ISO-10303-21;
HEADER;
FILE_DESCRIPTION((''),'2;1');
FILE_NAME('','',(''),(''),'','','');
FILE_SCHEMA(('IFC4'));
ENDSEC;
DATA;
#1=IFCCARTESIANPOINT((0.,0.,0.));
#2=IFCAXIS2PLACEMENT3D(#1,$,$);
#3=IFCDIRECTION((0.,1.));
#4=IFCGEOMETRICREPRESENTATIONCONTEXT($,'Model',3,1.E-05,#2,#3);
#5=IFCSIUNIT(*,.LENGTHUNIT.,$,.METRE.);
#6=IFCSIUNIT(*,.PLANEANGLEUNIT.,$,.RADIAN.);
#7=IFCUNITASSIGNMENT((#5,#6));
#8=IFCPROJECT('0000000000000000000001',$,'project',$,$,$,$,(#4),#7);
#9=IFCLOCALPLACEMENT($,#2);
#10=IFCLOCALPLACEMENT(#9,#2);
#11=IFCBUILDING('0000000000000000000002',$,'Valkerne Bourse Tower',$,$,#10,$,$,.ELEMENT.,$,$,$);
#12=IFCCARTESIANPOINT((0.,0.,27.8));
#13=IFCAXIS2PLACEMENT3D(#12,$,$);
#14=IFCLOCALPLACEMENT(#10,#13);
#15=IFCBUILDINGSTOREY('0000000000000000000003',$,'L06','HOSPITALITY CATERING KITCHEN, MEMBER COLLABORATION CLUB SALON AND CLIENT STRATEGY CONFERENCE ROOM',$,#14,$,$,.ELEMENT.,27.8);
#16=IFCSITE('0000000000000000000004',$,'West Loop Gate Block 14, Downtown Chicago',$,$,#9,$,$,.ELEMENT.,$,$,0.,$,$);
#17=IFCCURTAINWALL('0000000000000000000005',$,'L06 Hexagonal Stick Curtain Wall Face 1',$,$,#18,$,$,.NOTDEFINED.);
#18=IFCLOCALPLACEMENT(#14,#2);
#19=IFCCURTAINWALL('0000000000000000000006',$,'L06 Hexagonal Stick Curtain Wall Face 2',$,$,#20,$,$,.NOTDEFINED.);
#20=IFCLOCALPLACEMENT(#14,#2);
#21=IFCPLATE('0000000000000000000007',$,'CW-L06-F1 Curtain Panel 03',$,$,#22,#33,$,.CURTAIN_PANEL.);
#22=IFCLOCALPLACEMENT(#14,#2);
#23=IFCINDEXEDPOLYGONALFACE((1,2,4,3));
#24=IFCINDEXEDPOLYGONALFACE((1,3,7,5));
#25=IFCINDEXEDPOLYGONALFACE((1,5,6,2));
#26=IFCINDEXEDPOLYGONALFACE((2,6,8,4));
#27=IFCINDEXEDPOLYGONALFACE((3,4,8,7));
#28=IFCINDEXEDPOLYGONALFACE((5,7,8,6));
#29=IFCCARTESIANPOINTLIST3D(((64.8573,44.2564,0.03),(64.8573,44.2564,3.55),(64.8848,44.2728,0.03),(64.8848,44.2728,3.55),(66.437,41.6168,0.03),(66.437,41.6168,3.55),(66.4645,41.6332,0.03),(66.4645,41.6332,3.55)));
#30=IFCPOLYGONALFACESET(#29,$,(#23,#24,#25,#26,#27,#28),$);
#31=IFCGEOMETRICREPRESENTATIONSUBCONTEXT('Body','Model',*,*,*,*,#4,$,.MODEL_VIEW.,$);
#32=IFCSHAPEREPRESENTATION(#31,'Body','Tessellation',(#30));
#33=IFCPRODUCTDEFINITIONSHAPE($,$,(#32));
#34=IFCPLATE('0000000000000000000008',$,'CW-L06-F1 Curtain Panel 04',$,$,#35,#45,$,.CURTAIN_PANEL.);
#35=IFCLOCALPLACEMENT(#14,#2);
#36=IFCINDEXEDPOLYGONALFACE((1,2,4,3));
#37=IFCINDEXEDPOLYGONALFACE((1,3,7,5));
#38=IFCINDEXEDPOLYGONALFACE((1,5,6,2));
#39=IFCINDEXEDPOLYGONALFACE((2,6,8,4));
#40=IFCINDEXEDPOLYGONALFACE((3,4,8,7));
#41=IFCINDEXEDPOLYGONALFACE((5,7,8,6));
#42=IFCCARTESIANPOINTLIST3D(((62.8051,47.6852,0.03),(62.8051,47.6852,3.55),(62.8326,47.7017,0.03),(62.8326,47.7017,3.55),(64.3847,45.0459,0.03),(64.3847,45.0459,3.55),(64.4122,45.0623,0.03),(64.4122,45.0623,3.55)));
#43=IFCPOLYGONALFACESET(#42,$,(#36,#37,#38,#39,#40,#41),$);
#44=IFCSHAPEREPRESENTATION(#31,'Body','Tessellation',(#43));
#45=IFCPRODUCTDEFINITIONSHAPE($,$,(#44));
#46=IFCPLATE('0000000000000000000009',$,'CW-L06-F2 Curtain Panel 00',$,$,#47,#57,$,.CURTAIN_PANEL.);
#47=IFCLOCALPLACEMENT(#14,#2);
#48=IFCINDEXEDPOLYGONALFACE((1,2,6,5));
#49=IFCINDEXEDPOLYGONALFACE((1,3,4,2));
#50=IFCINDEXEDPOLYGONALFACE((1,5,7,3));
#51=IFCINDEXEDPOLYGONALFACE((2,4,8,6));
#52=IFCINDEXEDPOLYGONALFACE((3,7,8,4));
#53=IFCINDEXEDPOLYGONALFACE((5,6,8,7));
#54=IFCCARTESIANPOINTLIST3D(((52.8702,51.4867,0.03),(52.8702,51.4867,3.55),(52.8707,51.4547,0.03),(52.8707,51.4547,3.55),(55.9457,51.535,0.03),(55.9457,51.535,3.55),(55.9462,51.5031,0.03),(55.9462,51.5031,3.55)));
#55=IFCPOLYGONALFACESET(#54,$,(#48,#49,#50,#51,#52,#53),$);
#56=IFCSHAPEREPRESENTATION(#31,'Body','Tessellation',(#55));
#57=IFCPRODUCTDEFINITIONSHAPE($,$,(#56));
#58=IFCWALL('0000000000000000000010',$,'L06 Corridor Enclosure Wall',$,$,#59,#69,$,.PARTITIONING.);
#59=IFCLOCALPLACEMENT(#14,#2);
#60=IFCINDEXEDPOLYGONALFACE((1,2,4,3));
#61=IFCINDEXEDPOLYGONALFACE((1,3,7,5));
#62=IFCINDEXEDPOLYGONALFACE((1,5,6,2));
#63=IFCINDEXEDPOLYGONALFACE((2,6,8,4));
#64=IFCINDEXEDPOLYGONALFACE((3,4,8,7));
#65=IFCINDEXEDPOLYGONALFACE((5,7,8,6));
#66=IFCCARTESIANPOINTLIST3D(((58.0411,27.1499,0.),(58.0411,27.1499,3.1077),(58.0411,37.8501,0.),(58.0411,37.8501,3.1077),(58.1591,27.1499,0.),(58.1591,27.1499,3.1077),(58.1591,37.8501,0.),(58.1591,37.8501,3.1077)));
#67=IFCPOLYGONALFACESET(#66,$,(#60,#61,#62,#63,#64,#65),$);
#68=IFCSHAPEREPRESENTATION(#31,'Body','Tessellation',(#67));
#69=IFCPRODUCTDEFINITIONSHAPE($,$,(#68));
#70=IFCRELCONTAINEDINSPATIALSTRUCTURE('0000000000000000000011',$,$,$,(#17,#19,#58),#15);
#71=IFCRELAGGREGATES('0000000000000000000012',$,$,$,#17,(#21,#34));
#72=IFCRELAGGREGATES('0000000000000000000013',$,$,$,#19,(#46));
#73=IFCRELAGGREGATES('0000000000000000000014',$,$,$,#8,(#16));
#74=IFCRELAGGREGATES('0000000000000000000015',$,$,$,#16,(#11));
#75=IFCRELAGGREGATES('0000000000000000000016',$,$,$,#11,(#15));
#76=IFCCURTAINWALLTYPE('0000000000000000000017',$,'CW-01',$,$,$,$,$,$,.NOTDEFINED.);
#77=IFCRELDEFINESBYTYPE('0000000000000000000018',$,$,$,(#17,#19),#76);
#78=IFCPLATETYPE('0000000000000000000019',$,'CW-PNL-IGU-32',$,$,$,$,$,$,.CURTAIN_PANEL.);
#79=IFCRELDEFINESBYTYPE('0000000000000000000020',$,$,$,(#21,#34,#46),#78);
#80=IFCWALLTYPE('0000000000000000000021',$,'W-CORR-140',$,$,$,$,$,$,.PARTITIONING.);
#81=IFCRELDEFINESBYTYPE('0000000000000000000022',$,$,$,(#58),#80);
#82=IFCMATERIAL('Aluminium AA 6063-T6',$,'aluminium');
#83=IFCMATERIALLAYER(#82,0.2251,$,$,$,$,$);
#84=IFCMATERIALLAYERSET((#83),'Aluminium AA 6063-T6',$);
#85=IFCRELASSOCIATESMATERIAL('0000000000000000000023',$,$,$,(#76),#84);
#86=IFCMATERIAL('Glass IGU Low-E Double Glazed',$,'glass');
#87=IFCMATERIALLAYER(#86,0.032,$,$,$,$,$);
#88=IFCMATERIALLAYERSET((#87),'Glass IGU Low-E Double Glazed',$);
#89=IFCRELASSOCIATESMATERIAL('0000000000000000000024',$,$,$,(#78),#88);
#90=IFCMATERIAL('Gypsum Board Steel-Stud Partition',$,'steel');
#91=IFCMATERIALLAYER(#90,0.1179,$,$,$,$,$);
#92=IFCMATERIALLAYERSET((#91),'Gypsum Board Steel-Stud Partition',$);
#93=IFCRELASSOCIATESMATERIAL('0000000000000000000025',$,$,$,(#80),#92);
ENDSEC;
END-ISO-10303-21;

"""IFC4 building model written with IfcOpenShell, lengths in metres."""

from ifc_helpers import new_model, si_unit, direction, frame, frame_2d, origin, origin_2d, place, context, subcontext, project, spatial, rectangle, extrude, material, layer, layer_set, type_object, element, aggregate, save


model = new_model("IFC4")

# Units and contexts
model_context = context("Model", 3, precision=1e-05, world=origin(), true_north=direction((0.0, 1.0)))
body_context = subcontext(model_context, "Body", "Model", "MODEL_VIEW")
ifc_project = project(units=[si_unit("LENGTHUNIT", "METRE"), si_unit("PLANEANGLEUNIT", "RADIAN")], contexts=[model_context])

# Site, building, storey
site_placement = place(None, origin())
site = spatial("IfcSite", under=ifc_project, at=site_placement, Name="West Loop Gate Block 14, Downtown Chicago", CompositionType="ELEMENT", RefElevation=0.0)
building_placement = place(site_placement, origin())
building = spatial("IfcBuilding", under=site, at=building_placement, Name="Valkerne Bourse Tower", CompositionType="ELEMENT")
storey_placement = place(building_placement, frame((0.0, 0.0, 27.8)))
storey = spatial("IfcBuildingStorey", under=building, at=storey_placement, Name="L06", Description="HOSPITALITY CATERING KITCHEN, MEMBER COLLABORATION CLUB SALON AND CLIENT STRATEGY CONFERENCE ROOM", CompositionType="ELEMENT", Elevation=27.8)

# Curtain walls
ifc_material_1 = material(Name="Aluminium AA 6063-T6", Category="aluminium")
ifc_layer_1 = layer(ifc_material_1, 0.2251)
ifc_layer_set_1 = layer_set([ifc_layer_1], Name="Aluminium AA 6063-T6")
curtain_wall_type = type_object("IfcCurtainWallType", Name="CW-01", PredefinedType="NOTDEFINED", material=ifc_layer_set_1)
curtain_wall_1_placement = place(storey_placement, origin())
curtain_wall_1 = element("IfcCurtainWall", 1, at=curtain_wall_1_placement, inside=storey, type_object=curtain_wall_type, Name="L06 Hexagonal Stick Curtain Wall Face 1", PredefinedType="NOTDEFINED")
curtain_wall_2_placement = place(storey_placement, origin())
curtain_wall_2 = element("IfcCurtainWall", 2, at=curtain_wall_2_placement, inside=storey, type_object=curtain_wall_type, Name="L06 Hexagonal Stick Curtain Wall Face 2", PredefinedType="NOTDEFINED")

# Plates
ifc_material_2 = material(Name="Glass IGU Low-E Double Glazed", Category="glass")
ifc_layer_2 = layer(ifc_material_2, 0.032)
ifc_layer_set_2 = layer_set([ifc_layer_2], Name="Glass IGU Low-E Double Glazed")
plate_type = type_object("IfcPlateType", Name="CW-PNL-IGU-32", PredefinedType="CURTAIN_PANEL", material=ifc_layer_set_2)
plate_1_placement = place(storey_placement, frame((65.6609, 42.9448, 0.03), z_axis=(0.0, 0.0, 1.0), x_axis=(-0.513531, 0.858071, 0.0)))
plate_1 = element("IfcPlate", 3, at=plate_1_placement, type_object=plate_type, Name="CW-L06-F1 Curtain Panel 03", PredefinedType="CURTAIN_PANEL", context=body_context, shape_type="SweptSolid", body=[
    extrude(rectangle(XDim=3.0762, YDim=0.032, at=origin_2d()), origin(), (0.0, 0.0, 1.0), 3.52),
])
plate_2_placement = place(storey_placement, frame((63.6086, 46.3738, 0.03), z_axis=(0.0, 0.0, 1.0), x_axis=(-0.513542, 0.858064, 0.0)))
plate_2 = element("IfcPlate", 4, at=plate_2_placement, type_object=plate_type, Name="CW-L06-F1 Curtain Panel 04", PredefinedType="CURTAIN_PANEL", context=body_context, shape_type="SweptSolid", body=[
    extrude(rectangle(XDim=3.0759, YDim=0.032, at=origin_2d()), origin(), (0.0, 0.0, 1.0), 3.52),
])
aggregate(curtain_wall_1, [plate_1, plate_2])
plate_3_placement = place(storey_placement, frame((54.4082, 51.4949, 0.03), z_axis=(0.0, 0.0, 1.0), x_axis=(-0.999877, -0.015716, 0.0)))
plate_3 = element("IfcPlate", 5, at=plate_3_placement, type_object=plate_type, Name="CW-L06-F2 Curtain Panel 00", PredefinedType="CURTAIN_PANEL", context=body_context, shape_type="SweptSolid", body=[
    extrude(rectangle(XDim=3.0759, YDim=0.032, at=origin_2d()), origin(), (0.0, 0.0, 1.0), 3.52),
])
aggregate(curtain_wall_2, [plate_3])

# Wall
ifc_material_3 = material(Name="Gypsum Board Steel-Stud Partition", Category="steel")
ifc_layer_3 = layer(ifc_material_3, 0.1179)
ifc_layer_set_3 = layer_set([ifc_layer_3], Name="Gypsum Board Steel-Stud Partition")
wall_type = type_object("IfcWallType", Name="W-CORR-140", PredefinedType="PARTITIONING", material=ifc_layer_set_3)
wall_placement = place(storey_placement, frame((58.1001, 37.8501, 0.0), z_axis=(0.0, 0.0, 1.0), x_axis=(0.0, -1.0, 0.0)))
element("IfcWall", 6, at=wall_placement, inside=storey, type_object=wall_type, Name="L06 Corridor Enclosure Wall", PredefinedType="PARTITIONING", context=body_context, shape_type="SweptSolid", body=[
    extrude(rectangle(XDim=10.7002, YDim=0.1179, at=frame_2d((5.3501, 0.0))), origin(), (0.0, 0.0, 1.0), 3.1077),
])

save(model, "model.ifc")
